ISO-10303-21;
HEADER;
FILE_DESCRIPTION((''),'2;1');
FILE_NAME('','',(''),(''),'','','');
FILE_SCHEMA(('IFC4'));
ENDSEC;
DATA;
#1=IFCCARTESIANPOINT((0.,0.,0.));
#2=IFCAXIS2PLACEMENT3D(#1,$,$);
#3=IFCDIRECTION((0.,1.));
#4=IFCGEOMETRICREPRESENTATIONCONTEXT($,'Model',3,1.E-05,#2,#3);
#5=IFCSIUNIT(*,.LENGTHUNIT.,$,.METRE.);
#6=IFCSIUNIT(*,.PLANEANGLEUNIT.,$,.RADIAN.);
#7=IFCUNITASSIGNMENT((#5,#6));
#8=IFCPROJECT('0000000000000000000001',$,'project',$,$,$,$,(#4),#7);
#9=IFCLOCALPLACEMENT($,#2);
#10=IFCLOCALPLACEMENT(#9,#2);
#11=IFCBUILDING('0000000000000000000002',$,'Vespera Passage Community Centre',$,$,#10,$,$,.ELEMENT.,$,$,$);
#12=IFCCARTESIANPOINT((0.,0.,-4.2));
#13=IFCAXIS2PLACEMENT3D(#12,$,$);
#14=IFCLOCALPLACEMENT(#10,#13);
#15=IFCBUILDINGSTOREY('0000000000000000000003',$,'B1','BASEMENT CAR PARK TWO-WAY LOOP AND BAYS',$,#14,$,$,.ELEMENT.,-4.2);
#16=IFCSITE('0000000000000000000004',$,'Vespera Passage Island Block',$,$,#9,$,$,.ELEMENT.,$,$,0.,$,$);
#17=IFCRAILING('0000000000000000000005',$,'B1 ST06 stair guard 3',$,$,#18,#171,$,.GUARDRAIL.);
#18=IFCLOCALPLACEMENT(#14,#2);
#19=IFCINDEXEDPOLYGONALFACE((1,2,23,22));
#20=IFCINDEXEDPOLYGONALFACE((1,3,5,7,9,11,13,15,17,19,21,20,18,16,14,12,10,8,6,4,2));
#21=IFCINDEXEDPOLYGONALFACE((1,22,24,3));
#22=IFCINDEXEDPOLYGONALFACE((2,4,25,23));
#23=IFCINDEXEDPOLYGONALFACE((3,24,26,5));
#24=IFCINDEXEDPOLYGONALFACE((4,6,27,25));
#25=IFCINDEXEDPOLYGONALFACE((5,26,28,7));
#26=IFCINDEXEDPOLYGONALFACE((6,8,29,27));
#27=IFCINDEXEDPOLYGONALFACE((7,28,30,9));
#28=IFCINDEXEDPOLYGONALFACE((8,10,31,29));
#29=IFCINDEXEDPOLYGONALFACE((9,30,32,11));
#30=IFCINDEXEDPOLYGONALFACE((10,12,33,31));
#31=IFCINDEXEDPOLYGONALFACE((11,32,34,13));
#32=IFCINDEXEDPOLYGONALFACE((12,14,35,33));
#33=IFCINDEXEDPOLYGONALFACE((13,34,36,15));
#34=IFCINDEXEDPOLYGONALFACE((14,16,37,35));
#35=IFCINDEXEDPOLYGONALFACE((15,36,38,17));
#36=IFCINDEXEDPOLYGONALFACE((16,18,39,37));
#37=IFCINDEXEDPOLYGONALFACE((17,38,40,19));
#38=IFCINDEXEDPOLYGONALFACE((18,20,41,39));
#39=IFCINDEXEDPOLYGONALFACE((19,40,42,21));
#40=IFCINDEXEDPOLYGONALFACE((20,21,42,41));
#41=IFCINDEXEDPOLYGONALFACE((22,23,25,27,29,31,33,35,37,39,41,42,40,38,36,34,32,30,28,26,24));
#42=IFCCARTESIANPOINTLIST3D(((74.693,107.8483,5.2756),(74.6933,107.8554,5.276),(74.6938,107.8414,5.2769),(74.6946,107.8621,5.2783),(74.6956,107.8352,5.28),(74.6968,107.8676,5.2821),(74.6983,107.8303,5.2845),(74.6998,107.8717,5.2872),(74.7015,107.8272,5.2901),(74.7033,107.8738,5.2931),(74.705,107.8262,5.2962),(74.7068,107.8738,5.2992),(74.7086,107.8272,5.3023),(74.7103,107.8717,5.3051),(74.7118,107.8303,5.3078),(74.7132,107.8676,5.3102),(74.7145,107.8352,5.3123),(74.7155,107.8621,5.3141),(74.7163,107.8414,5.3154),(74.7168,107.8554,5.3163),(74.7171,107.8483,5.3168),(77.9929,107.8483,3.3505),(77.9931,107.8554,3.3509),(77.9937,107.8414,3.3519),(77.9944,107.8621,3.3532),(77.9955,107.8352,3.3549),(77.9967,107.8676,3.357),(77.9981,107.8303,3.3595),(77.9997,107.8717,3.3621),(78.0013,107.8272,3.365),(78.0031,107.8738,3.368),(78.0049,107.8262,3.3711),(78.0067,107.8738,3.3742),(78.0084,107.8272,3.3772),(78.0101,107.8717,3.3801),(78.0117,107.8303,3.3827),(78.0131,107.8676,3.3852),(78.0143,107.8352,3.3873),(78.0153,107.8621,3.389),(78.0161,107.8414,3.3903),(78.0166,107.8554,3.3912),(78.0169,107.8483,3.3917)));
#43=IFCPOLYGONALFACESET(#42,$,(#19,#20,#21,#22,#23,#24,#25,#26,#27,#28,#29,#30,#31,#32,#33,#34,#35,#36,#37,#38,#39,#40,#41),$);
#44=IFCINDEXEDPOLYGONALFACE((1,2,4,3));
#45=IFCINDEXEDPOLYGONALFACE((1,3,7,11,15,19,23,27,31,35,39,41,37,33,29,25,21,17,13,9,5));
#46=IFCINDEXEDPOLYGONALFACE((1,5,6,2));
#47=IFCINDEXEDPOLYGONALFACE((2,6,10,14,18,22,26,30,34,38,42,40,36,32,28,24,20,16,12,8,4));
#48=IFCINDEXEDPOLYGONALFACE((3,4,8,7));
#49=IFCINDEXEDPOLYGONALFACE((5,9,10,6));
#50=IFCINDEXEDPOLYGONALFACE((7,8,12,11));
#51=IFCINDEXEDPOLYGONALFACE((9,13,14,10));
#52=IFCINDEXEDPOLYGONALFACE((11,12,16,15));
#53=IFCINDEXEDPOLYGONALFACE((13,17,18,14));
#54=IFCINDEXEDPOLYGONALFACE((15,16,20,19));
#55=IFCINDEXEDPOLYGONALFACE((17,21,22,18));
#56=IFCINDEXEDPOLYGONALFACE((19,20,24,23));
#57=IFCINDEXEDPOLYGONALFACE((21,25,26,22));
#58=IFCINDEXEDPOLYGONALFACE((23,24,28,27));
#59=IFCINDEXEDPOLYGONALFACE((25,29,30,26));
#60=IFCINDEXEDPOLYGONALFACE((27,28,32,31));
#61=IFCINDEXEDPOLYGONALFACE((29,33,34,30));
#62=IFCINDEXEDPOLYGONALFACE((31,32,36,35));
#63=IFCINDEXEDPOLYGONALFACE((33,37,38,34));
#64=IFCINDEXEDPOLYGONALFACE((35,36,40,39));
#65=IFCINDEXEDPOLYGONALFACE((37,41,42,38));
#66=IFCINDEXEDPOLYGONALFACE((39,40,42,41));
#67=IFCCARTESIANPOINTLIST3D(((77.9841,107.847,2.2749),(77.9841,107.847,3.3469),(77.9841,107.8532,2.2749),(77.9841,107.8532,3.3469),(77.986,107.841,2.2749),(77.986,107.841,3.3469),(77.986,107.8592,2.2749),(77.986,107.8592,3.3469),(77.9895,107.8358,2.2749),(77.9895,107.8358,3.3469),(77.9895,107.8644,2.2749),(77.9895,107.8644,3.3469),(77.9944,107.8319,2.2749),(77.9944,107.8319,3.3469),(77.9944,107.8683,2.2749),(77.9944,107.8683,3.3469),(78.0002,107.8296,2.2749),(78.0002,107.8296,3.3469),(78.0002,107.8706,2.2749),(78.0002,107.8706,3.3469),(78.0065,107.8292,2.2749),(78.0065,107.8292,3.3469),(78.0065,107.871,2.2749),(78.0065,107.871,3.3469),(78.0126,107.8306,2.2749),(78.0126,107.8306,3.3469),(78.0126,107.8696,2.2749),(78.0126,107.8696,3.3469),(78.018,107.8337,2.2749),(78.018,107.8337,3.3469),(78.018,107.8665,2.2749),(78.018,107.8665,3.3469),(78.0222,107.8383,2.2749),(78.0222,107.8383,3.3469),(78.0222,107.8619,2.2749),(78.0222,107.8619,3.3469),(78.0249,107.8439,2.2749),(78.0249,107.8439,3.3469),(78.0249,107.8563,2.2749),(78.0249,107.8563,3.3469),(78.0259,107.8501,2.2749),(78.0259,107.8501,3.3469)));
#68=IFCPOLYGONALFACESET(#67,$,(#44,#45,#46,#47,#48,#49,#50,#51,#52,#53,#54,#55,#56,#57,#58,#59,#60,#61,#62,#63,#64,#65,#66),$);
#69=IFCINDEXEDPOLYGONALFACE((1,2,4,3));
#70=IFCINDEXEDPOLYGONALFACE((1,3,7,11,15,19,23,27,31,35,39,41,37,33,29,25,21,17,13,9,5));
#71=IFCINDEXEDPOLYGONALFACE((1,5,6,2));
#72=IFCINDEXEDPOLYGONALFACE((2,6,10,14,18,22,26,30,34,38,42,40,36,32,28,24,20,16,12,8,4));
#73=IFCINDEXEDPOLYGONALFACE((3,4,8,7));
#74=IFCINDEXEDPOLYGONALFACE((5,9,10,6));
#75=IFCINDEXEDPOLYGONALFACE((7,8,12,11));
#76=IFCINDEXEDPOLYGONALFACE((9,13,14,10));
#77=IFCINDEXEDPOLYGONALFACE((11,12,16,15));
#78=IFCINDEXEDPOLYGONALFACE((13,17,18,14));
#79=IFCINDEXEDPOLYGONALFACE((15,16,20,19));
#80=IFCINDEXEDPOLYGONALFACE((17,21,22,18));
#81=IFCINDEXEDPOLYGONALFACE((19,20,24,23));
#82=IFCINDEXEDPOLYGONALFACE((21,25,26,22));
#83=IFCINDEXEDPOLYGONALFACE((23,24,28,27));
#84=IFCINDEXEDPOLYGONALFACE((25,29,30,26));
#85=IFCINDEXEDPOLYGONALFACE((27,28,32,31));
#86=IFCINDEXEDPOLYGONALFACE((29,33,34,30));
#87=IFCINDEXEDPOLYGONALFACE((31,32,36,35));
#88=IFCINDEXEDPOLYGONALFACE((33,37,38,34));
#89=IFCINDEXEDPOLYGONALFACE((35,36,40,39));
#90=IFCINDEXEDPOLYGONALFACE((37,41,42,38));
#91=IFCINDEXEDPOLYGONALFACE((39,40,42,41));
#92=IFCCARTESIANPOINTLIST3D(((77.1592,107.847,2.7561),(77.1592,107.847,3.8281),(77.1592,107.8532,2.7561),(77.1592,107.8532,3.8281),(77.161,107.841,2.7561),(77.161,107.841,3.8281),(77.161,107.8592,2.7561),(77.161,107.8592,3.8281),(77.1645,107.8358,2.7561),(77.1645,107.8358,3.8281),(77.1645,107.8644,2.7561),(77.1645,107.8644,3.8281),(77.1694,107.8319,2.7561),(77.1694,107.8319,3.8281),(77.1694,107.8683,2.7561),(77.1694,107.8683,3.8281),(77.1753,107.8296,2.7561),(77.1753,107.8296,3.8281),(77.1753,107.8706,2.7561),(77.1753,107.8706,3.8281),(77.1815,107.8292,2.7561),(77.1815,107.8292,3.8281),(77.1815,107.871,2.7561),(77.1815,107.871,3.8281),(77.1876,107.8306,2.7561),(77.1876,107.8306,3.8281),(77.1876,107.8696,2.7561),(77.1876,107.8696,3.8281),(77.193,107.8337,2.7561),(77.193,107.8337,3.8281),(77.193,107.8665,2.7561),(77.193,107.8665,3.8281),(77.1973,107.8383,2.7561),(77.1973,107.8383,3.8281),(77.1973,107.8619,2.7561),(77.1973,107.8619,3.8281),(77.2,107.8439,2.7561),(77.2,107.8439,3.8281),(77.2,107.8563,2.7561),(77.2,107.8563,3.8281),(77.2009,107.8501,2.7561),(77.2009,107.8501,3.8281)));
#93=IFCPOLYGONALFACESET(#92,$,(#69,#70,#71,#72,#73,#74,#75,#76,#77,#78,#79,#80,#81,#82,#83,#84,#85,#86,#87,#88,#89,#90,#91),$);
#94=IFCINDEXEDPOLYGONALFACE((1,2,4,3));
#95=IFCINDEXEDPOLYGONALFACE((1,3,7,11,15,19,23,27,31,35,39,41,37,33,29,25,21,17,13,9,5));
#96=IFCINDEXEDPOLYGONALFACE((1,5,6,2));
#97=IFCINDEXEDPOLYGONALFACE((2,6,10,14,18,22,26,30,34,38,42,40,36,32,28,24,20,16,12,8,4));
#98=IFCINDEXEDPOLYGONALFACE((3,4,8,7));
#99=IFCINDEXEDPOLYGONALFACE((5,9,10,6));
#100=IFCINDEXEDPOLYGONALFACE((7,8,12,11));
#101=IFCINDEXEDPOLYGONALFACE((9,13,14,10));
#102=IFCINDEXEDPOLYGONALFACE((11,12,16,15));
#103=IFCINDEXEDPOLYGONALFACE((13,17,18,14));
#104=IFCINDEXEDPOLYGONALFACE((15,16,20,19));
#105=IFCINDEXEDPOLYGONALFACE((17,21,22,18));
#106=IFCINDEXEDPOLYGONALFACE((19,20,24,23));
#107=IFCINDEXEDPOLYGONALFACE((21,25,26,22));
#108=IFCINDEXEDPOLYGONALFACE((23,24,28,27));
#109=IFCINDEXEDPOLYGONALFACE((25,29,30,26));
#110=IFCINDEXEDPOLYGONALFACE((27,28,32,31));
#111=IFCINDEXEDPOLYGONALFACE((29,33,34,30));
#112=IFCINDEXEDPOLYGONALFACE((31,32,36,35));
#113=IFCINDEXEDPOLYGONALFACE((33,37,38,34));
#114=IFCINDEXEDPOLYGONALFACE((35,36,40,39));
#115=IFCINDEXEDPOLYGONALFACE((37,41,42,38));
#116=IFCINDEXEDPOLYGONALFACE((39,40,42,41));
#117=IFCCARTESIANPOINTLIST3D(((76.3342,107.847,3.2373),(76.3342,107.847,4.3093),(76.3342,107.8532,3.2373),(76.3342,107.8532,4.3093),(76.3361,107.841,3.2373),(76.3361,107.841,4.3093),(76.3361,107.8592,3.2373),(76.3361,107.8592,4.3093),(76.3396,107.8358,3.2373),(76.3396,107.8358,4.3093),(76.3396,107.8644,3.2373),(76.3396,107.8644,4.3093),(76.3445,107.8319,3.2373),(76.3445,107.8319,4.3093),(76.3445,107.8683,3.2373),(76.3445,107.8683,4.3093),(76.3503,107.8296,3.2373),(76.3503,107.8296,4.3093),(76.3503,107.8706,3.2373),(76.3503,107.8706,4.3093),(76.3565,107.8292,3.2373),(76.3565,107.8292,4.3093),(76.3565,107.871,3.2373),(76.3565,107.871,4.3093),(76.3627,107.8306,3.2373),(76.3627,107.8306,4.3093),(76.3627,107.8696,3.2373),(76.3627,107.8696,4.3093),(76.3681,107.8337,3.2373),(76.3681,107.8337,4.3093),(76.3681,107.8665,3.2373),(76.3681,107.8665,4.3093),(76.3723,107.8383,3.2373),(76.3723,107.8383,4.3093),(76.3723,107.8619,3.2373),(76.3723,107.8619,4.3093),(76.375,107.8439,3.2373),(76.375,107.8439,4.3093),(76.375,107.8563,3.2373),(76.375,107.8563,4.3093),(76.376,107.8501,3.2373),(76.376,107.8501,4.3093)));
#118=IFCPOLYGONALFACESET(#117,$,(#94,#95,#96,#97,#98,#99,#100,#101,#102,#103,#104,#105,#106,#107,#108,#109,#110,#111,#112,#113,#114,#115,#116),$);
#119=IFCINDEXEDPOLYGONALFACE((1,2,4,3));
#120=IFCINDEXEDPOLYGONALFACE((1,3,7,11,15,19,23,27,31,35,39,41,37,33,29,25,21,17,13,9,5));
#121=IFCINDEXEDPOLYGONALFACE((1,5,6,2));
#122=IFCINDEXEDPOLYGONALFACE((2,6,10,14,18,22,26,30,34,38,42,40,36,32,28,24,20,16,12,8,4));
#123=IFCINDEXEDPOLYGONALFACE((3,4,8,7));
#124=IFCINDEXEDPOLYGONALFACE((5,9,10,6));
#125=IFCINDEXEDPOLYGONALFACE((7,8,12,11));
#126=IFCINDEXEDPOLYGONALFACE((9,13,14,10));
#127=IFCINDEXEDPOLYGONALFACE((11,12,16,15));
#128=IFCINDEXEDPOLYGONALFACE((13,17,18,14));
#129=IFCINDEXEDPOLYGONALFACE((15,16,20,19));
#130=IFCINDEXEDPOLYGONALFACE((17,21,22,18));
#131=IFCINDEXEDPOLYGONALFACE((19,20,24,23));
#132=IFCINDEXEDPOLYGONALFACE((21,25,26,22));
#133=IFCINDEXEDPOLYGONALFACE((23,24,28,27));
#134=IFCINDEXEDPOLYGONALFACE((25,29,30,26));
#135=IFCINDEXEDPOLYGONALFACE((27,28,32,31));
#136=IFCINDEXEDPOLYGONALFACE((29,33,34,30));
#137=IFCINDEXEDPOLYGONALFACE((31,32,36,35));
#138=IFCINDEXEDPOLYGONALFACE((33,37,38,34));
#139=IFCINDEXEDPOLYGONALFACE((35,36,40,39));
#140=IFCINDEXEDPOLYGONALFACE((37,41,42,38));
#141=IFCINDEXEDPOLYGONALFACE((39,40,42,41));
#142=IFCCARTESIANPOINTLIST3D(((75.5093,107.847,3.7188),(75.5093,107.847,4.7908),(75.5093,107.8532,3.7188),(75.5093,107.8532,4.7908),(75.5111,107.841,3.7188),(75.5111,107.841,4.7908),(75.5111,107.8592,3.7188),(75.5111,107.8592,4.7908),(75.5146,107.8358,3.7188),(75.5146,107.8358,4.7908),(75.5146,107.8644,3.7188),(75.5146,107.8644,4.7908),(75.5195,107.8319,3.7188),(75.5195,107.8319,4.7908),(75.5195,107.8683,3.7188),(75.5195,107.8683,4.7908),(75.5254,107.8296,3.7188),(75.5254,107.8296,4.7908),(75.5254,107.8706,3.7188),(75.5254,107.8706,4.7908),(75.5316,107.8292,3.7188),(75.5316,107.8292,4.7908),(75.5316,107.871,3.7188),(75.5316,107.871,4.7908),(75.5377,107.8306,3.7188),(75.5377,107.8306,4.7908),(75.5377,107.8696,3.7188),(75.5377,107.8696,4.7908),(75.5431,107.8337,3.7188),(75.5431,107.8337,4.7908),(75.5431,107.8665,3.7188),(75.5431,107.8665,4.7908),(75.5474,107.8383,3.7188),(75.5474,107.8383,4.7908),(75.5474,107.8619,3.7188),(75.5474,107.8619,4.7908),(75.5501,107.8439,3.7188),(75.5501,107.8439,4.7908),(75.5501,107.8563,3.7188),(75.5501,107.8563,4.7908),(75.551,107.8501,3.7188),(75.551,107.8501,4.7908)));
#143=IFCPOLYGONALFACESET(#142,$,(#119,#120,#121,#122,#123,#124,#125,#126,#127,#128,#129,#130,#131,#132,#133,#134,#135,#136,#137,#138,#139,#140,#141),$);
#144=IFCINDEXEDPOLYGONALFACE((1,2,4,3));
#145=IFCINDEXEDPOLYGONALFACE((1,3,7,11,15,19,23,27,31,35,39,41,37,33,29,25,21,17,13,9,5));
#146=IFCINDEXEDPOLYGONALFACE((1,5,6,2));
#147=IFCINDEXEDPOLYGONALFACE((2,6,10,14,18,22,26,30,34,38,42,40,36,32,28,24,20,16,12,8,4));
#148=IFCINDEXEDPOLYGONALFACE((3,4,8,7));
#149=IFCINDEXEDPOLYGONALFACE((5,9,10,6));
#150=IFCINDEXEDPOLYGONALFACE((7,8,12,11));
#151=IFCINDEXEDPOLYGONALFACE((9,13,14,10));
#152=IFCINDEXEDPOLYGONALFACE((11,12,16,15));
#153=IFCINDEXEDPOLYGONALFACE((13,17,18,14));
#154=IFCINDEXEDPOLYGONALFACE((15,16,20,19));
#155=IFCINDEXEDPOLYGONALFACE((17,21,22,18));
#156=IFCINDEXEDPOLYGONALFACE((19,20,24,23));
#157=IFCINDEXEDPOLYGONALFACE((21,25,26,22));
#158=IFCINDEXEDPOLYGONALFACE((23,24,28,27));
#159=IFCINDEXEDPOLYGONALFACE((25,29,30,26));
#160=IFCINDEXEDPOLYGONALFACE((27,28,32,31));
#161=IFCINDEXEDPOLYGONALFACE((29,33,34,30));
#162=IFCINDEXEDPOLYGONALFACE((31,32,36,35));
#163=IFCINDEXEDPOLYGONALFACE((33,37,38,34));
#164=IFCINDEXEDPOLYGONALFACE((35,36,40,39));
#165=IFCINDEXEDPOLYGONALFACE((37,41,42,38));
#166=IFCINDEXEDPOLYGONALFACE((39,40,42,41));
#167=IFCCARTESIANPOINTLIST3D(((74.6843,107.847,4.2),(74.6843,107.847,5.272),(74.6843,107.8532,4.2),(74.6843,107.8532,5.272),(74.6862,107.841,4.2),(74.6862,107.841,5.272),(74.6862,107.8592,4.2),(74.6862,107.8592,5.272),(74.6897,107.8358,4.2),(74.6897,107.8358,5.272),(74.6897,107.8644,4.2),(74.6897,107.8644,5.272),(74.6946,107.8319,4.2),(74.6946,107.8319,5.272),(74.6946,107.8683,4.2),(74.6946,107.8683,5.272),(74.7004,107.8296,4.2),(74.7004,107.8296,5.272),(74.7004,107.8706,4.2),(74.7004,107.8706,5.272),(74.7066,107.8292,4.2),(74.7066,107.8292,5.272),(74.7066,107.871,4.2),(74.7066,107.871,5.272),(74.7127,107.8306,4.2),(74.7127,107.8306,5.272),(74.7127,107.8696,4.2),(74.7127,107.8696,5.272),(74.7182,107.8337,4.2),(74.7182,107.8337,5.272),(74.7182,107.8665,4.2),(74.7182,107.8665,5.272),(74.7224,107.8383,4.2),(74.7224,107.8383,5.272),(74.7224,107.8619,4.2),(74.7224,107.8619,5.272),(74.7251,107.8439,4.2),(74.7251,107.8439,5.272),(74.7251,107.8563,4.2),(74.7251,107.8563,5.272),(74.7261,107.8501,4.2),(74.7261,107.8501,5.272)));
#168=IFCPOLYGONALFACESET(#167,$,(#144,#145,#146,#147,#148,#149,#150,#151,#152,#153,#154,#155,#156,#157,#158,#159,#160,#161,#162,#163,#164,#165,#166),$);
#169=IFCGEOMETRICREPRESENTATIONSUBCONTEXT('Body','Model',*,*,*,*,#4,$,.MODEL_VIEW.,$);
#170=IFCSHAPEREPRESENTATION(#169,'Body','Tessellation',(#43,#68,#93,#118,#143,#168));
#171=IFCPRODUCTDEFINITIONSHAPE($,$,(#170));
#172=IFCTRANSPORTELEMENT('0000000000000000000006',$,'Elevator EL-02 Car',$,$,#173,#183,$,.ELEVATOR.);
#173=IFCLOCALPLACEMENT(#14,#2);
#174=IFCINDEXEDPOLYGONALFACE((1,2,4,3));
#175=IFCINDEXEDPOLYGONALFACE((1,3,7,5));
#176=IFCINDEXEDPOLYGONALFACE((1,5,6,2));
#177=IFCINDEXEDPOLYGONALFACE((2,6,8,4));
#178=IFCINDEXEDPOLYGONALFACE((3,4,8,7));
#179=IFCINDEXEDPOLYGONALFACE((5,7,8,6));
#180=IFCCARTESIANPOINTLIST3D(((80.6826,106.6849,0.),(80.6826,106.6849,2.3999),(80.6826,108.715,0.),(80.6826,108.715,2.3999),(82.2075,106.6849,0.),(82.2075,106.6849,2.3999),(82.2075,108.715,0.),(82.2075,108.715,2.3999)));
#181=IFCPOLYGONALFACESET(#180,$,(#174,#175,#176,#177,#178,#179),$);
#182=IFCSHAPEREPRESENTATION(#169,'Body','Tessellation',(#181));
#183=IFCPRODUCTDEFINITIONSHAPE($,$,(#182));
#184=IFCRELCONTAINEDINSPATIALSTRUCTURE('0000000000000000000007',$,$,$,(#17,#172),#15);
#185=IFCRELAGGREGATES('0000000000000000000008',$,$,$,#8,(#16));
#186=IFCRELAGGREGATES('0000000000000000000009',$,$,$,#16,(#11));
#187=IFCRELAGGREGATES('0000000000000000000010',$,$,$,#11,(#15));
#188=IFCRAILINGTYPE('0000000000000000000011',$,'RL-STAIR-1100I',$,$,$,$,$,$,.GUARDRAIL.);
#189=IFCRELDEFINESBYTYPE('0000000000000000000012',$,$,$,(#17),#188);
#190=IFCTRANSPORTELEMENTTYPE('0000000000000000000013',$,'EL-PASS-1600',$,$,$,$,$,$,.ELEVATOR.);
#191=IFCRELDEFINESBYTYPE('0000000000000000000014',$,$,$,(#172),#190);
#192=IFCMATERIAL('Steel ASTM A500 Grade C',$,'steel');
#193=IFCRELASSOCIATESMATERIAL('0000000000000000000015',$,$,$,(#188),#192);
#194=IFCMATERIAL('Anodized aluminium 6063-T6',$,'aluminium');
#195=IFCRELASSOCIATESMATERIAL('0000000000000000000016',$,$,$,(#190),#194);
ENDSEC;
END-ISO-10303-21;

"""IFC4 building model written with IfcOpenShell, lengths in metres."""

from ifc_helpers import new_model, si_unit, direction, frame, origin, origin_2d, place, context, subcontext, project, spatial, rectangle, circle, extrude, material, type_object, element, save


model = new_model("IFC4")

# Units and contexts
model_context = context("Model", 3, precision=1e-05, world=origin(), true_north=direction((0.0, 1.0)))
body_context = subcontext(model_context, "Body", "Model", "MODEL_VIEW")
ifc_project = project(units=[si_unit("LENGTHUNIT", "METRE"), si_unit("PLANEANGLEUNIT", "RADIAN")], contexts=[model_context])

# Site, building, storey
site_placement = place(None, origin())
site = spatial("IfcSite", under=ifc_project, at=site_placement, Name="Vespera Passage Island Block", CompositionType="ELEMENT", RefElevation=0.0)
building_placement = place(site_placement, origin())
building = spatial("IfcBuilding", under=site, at=building_placement, Name="Vespera Passage Community Centre", CompositionType="ELEMENT")
storey_placement = place(building_placement, frame((0.0, 0.0, -4.2)))
storey = spatial("IfcBuildingStorey", under=building, at=storey_placement, Name="B1", Description="BASEMENT CAR PARK TWO-WAY LOOP AND BAYS", CompositionType="ELEMENT", Elevation=-4.2)

# Railing
ifc_material_1 = material(Name="Steel ASTM A500 Grade C", Category="steel")
railing_type_1 = type_object("IfcRailingType", Name="RL-STAIR-1100I", PredefinedType="GUARDRAIL", material=ifc_material_1)
railing_1_placement = place(storey_placement, frame((78.0049, 107.8501, 2.2749)))
element("IfcRailing", 1, at=railing_1_placement, inside=storey, type_object=railing_type_1, Name="B1 ST06 stair guard 3", PredefinedType="GUARDRAIL", context=body_context, shape_type="SweptSolid", body=[
    extrude(circle(Radius=0.0239, at=origin_2d()), frame((0.0, 0.0, 1.0962), z_axis=(-0.86376, 0.0, 0.503903), x_axis=(0.0, -1.0, 0.0)), (0.0, 0.0, 1.0), 3.8203),
    extrude(circle(Radius=0.021, at=origin_2d()), origin(), (0.0, 0.0, 1.0), 1.072),
    extrude(circle(Radius=0.021, at=origin_2d()), frame((-0.825, 0.0, 0.4812)), (0.0, 0.0, 1.0), 1.072),
    extrude(circle(Radius=0.021, at=origin_2d()), frame((-1.6499, 0.0, 0.9624)), (0.0, 0.0, 1.0), 1.072),
    extrude(circle(Radius=0.021, at=origin_2d()), frame((-2.4749, 0.0, 1.4438)), (0.0, 0.0, 1.0), 1.072),
    extrude(circle(Radius=0.021, at=origin_2d()), frame((-3.2998, 0.0, 1.925)), (0.0, 0.0, 1.0), 1.072),
])

# Transport element
ifc_material_2 = material(Name="Anodized aluminium 6063-T6", Category="aluminium")
transport_element_type = type_object("IfcTransportElementType", Name="EL-PASS-1600", PredefinedType="ELEVATOR", material=ifc_material_2)
transport_element_placement = place(storey_placement, frame((81.4451, 107.7, 0.0), z_axis=(0.0, 0.0, 1.0), x_axis=(1.0, 0.0, 0.0)))
element("IfcTransportElement", 2, at=transport_element_placement, inside=storey, type_object=transport_element_type, Name="Elevator EL-02 Car", PredefinedType="ELEVATOR", context=body_context, shape_type="SweptSolid", body=[
    extrude(rectangle(XDim=1.5249, YDim=2.03, at=origin_2d()), origin(), (0.0, 0.0, 1.0), 2.3999),
])

save(model, "model.ifc")
